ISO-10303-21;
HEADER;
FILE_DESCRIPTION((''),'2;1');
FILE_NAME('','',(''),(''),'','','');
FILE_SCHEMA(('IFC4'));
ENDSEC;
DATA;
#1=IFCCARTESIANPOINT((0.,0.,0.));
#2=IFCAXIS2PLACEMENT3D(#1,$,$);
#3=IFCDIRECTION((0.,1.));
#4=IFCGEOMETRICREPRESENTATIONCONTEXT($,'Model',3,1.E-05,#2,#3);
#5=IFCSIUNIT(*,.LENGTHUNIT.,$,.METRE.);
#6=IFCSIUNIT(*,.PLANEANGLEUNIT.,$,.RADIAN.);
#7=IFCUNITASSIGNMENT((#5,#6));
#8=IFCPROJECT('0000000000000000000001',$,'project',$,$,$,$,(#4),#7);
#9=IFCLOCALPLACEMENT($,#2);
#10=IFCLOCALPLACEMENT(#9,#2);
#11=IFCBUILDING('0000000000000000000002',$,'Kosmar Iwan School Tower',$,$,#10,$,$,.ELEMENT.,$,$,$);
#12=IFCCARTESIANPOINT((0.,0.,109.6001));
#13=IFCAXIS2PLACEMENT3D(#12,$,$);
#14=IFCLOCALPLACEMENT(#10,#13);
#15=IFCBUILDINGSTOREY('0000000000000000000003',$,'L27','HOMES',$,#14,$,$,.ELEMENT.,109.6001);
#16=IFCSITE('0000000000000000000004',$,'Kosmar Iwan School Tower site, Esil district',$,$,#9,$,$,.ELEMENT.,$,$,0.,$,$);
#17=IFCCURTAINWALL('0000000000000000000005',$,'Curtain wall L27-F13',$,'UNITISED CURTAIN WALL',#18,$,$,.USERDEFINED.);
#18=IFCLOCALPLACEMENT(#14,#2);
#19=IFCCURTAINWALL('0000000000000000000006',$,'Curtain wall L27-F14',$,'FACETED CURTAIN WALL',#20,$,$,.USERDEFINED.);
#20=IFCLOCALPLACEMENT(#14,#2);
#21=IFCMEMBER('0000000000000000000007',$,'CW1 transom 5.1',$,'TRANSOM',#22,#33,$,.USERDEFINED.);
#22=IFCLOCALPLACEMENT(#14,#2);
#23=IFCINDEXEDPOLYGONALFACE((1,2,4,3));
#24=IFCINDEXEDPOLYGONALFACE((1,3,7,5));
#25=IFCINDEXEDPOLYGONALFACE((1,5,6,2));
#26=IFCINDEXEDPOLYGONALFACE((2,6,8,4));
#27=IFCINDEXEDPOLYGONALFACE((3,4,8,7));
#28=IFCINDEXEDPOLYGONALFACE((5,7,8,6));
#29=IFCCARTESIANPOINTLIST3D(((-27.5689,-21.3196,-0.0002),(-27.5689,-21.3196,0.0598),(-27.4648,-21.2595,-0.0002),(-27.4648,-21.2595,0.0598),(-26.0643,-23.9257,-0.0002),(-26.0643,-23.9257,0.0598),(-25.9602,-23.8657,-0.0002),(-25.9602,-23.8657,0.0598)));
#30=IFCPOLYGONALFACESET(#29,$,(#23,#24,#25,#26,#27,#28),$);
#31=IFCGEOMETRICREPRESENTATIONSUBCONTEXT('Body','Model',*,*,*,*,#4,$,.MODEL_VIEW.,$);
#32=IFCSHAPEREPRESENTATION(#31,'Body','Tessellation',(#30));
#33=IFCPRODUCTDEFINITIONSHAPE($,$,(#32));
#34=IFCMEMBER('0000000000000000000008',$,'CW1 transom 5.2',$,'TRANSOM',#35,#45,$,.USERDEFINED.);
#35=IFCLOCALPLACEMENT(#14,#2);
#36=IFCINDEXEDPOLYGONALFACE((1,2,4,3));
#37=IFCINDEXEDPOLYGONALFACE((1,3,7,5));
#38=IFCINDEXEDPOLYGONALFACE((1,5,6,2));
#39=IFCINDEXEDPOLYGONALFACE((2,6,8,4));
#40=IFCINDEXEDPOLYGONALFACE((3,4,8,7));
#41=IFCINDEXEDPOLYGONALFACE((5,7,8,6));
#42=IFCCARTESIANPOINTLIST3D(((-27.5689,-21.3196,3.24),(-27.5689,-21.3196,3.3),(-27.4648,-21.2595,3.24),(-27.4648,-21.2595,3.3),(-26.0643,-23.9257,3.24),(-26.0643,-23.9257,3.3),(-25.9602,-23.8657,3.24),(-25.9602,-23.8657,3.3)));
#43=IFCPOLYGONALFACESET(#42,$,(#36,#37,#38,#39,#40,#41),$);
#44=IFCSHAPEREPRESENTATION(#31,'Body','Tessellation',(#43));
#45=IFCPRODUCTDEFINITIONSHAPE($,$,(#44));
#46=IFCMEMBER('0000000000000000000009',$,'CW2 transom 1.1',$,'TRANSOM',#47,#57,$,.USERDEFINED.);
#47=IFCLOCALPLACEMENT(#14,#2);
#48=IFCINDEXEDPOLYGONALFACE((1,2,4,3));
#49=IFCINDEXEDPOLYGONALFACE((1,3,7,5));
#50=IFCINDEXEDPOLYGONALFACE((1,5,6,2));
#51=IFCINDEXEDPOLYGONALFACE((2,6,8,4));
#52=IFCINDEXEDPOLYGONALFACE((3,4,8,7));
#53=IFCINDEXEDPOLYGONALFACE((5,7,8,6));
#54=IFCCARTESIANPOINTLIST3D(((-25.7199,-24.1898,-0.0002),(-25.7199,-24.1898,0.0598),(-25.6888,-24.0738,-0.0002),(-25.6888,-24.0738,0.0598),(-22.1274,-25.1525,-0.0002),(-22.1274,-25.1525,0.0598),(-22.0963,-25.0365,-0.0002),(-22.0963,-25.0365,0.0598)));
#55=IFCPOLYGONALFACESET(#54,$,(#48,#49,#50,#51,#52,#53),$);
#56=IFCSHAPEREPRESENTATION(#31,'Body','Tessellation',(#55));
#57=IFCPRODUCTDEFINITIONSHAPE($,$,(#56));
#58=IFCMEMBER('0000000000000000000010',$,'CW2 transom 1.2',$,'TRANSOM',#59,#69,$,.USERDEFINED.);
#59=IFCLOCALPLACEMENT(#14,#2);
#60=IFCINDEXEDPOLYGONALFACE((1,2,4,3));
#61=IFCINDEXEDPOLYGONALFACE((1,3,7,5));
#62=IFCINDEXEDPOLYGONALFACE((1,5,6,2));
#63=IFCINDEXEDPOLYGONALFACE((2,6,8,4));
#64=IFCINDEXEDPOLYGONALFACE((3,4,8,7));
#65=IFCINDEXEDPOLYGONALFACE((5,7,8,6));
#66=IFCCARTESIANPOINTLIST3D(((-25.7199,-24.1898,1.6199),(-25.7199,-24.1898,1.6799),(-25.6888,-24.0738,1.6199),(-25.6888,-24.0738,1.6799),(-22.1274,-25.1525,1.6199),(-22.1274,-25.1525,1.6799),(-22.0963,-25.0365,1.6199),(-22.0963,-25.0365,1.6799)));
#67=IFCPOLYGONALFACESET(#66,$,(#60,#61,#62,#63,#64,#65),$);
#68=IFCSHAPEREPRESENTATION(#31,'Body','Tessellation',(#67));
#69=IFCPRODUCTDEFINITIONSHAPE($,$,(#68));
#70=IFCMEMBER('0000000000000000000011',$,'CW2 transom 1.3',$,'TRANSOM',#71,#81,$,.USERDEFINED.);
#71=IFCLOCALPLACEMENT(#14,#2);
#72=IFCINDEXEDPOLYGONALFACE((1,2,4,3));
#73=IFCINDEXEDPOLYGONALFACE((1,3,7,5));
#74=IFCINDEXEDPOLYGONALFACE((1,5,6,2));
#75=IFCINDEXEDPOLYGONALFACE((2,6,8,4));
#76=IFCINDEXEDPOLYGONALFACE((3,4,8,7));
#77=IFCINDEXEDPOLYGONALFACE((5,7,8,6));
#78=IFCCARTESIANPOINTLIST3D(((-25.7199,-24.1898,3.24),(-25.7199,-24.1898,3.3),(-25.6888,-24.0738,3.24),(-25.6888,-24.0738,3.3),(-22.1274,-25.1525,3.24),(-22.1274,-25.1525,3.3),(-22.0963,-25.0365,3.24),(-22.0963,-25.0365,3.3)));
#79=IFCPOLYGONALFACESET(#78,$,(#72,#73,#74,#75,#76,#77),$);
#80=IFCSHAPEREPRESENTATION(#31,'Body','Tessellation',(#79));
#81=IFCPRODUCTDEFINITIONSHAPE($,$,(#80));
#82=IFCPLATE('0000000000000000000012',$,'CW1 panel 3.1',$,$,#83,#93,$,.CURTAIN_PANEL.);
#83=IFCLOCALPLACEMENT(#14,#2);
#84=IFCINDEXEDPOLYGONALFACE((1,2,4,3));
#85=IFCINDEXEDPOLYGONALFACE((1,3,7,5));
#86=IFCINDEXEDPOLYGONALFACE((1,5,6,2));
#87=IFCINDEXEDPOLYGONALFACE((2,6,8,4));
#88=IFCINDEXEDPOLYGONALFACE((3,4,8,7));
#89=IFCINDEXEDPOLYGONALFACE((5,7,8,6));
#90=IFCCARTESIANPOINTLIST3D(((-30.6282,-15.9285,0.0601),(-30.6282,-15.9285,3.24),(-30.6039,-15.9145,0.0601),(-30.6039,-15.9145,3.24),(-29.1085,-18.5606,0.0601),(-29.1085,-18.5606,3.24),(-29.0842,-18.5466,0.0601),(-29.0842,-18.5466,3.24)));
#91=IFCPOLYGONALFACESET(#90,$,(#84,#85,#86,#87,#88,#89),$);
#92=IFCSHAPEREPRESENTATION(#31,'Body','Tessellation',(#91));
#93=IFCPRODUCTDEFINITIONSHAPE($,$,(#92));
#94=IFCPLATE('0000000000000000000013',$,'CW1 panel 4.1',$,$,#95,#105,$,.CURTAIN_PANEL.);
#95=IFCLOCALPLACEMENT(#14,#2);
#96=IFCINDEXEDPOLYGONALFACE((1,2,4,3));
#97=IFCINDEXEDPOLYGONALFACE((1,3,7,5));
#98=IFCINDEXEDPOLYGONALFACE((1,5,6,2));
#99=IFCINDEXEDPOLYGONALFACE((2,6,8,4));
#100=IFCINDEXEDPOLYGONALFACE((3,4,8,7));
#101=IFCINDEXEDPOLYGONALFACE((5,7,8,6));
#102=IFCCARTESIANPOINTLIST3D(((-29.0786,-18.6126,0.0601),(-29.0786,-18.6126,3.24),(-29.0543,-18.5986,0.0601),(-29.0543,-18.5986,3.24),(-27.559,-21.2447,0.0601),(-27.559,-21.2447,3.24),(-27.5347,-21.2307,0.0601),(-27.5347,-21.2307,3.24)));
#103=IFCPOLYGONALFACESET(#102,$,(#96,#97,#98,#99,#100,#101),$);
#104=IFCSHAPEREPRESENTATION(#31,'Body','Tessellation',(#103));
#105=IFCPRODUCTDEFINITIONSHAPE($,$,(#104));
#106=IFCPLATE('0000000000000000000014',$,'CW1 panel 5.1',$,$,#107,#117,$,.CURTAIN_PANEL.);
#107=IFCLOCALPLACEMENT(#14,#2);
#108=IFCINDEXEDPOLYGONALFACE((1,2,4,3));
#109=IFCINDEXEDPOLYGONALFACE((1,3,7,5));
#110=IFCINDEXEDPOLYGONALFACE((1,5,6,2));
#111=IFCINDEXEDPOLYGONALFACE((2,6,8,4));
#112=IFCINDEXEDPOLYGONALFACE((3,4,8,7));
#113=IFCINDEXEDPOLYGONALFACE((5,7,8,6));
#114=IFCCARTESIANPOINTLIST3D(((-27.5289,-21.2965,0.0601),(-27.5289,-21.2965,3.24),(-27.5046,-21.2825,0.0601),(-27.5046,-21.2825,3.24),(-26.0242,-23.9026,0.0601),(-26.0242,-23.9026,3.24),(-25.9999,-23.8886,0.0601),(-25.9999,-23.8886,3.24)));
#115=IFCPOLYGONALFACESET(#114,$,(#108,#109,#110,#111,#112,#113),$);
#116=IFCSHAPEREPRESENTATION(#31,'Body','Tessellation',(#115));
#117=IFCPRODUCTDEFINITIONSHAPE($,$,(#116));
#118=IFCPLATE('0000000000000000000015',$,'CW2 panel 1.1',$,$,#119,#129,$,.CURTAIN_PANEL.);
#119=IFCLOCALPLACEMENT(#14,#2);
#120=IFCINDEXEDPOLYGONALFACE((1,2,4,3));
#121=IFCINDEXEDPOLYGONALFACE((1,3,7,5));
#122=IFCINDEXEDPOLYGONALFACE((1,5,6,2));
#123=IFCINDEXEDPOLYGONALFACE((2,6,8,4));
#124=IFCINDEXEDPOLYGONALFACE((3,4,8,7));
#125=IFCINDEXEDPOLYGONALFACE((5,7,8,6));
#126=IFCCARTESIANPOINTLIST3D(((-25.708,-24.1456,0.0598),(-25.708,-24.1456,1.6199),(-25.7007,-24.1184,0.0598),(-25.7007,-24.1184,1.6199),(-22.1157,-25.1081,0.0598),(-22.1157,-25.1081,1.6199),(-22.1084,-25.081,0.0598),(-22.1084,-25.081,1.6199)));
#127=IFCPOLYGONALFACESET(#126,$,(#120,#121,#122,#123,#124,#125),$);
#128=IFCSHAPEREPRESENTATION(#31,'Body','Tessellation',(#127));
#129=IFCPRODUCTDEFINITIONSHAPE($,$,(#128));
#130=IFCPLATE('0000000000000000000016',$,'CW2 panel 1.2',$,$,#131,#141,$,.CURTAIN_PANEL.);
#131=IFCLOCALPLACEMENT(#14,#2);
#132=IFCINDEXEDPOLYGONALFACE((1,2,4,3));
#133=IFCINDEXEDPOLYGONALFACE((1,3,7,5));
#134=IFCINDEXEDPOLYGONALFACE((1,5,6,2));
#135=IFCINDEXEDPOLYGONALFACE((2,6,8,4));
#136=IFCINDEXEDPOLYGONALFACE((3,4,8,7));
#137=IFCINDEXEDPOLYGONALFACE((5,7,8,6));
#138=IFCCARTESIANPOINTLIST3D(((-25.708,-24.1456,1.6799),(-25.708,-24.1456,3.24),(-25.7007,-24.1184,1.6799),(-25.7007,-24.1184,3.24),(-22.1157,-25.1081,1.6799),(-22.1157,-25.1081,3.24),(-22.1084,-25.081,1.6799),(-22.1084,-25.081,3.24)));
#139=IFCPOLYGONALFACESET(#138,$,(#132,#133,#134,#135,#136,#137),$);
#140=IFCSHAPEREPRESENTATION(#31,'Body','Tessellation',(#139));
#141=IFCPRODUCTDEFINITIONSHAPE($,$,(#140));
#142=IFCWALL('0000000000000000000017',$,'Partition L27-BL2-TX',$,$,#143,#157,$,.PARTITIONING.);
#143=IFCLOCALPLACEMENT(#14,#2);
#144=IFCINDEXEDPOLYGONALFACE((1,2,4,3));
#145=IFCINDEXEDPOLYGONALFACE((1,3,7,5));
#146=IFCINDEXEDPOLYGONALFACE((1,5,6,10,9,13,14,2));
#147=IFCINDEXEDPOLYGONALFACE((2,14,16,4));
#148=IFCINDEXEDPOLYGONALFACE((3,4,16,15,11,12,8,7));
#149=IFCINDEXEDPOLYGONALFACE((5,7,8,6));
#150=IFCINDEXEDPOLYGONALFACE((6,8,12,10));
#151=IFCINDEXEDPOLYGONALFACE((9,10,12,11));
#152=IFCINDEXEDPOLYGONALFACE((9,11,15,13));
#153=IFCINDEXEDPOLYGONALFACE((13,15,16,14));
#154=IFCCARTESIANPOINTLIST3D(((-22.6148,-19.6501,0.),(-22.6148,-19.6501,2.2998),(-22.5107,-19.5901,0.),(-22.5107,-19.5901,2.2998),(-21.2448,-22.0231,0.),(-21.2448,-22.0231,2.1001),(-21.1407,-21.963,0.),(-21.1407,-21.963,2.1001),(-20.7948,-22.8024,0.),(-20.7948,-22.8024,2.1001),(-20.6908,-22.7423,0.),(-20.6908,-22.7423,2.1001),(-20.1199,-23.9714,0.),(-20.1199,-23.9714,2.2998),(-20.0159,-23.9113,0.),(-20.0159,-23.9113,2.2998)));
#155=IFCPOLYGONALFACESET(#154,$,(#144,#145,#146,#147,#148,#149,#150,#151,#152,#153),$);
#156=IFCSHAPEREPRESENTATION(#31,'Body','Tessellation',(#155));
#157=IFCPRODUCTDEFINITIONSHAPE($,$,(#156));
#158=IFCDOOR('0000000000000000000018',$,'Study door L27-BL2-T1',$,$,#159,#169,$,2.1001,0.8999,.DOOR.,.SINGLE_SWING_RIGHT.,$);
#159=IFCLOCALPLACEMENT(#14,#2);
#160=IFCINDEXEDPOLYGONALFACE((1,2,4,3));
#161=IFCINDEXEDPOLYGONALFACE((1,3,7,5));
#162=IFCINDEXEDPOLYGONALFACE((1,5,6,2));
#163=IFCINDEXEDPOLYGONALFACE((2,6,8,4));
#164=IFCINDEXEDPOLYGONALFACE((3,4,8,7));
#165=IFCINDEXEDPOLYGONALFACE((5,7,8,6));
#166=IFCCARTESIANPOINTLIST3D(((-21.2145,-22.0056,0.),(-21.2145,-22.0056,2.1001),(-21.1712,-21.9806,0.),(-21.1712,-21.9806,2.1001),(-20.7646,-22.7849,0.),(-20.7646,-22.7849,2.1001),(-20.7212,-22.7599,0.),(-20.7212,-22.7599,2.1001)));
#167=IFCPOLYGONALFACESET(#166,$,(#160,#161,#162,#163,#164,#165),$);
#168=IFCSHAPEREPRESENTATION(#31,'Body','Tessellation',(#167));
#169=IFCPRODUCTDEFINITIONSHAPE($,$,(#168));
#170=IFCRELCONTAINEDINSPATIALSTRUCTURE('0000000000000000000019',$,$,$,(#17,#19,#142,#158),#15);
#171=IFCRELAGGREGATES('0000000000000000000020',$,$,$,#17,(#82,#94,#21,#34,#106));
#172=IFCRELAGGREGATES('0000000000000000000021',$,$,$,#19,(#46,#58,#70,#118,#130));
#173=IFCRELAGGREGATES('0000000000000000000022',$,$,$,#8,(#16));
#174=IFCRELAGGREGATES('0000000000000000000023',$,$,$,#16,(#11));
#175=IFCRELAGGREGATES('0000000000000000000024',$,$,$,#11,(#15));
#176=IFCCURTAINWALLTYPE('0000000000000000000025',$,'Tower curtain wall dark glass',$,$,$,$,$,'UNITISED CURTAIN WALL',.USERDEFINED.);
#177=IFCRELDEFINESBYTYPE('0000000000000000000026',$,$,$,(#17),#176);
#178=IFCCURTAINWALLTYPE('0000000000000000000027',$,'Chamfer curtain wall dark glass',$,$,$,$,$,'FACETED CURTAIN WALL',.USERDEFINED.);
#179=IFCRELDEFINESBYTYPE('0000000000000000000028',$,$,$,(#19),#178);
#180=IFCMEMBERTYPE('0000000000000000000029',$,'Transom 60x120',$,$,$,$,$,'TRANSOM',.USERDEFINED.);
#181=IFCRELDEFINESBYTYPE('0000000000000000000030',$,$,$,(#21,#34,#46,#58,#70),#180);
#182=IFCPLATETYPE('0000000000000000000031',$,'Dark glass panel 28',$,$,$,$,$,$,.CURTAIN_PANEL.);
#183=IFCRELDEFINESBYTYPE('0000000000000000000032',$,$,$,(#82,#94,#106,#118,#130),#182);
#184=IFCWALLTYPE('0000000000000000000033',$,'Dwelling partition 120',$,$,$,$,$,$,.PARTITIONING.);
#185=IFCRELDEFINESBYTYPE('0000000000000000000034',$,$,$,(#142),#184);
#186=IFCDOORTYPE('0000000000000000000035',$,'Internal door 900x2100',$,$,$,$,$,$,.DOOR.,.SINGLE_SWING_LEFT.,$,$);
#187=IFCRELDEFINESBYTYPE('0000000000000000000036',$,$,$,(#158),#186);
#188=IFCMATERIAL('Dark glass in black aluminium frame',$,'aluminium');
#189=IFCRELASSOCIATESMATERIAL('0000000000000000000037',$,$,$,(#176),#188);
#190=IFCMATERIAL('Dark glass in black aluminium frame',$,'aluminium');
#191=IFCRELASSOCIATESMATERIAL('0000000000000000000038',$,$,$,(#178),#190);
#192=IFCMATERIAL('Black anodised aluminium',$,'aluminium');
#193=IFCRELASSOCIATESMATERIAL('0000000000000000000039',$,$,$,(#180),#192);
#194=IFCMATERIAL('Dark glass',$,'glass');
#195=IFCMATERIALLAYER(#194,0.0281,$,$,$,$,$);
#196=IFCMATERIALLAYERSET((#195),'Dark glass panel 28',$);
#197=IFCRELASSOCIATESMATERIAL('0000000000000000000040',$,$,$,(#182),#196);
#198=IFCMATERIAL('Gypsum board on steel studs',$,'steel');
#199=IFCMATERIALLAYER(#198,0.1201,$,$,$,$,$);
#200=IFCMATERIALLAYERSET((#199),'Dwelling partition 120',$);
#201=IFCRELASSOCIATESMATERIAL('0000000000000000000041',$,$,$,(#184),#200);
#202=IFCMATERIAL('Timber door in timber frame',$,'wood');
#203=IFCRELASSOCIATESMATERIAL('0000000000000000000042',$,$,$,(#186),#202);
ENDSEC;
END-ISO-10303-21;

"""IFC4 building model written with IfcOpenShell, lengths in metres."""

from ifc_helpers import new_model, si_unit, direction, frame, frame_2d, origin, origin_2d, place, context, subcontext, project, spatial, rectangle, extrude, material, layer, layer_set, material_profile, profile_set, type_object, element, fill, aggregate, save


model = new_model("IFC4")

# Units and contexts
model_context = context("Model", 3, precision=1e-05, world=origin(), true_north=direction((0.0, 1.0)))
body_context = subcontext(model_context, "Body", "Model", "MODEL_VIEW")
ifc_project = project(units=[si_unit("LENGTHUNIT", "METRE"), si_unit("PLANEANGLEUNIT", "RADIAN")], contexts=[model_context])

# Site, building, storey
site_placement = place(None, origin())
site = spatial("IfcSite", under=ifc_project, at=site_placement, Name="Kosmar Iwan School Tower site, Esil district", CompositionType="ELEMENT", RefElevation=0.0)
building_placement = place(site_placement, origin())
building = spatial("IfcBuilding", under=site, at=building_placement, Name="Kosmar Iwan School Tower", CompositionType="ELEMENT")
storey_placement = place(building_placement, frame((0.0, 0.0, 109.6001)))
storey = spatial("IfcBuildingStorey", under=building, at=storey_placement, Name="L27", Description="HOMES", CompositionType="ELEMENT", Elevation=109.6001)

# Curtain wall
ifc_material_1 = material(Name="Dark glass in black aluminium frame", Category="aluminium")
curtain_wall_type_1 = type_object("IfcCurtainWallType", Name="Tower curtain wall dark glass", ElementType="UNITISED CURTAIN WALL", PredefinedType="USERDEFINED", material=ifc_material_1)
curtain_wall_1_placement = place(storey_placement, origin())
curtain_wall_1 = element("IfcCurtainWall", 1, at=curtain_wall_1_placement, inside=storey, type_object=curtain_wall_type_1, Name="Curtain wall L27-F13", ObjectType="UNITISED CURTAIN WALL", PredefinedType="USERDEFINED")

# Curtain wall
ifc_material_2 = material(Name="Dark glass in black aluminium frame", Category="aluminium")
curtain_wall_type_2 = type_object("IfcCurtainWallType", Name="Chamfer curtain wall dark glass", ElementType="FACETED CURTAIN WALL", PredefinedType="USERDEFINED", material=ifc_material_2)
curtain_wall_2_placement = place(storey_placement, origin())
curtain_wall_2 = element("IfcCurtainWall", 2, at=curtain_wall_2_placement, inside=storey, type_object=curtain_wall_type_2, Name="Curtain wall L27-F14", ObjectType="FACETED CURTAIN WALL", PredefinedType="USERDEFINED")

# Members
ifc_material_3 = material(Name="Black anodised aluminium", Category="aluminium")
ifc_material_profile_1 = material_profile(ifc_material_3, rectangle(XDim=0.1201, YDim=0.0601, at=origin_2d()), Name="TRANSOM 60x120")
ifc_profile_set_1 = profile_set([ifc_material_profile_1], Name="Black anodised aluminium")
member_type_1 = type_object("IfcMemberType", Name="Transom 60x120", ElementType="TRANSOM", PredefinedType="USERDEFINED", material=ifc_profile_set_1)
member_1_placement = place(storey_placement, frame((-27.5168, -21.2896, 0.0298), z_axis=(0.499987, -0.866033, 0.0), x_axis=(0.866033, 0.499987, 0.0)))
member_1 = element("IfcMember", 3, at=member_1_placement, type_object=member_type_1, Name="CW1 transom 5.1", ObjectType="TRANSOM", PredefinedType="USERDEFINED", context=body_context, shape_type="SweptSolid", body=[
    extrude(rectangle(XDim=0.1201, YDim=0.0601, at=origin_2d()), origin(), (0.0, 0.0, 1.0), 3.0093),
])
member_2_placement = place(storey_placement, frame((-27.5168, -21.2896, 3.27), z_axis=(0.499987, -0.866033, 0.0), x_axis=(0.866033, 0.499987, 0.0)))
member_2 = element("IfcMember", 4, at=member_2_placement, type_object=member_type_1, Name="CW1 transom 5.2", ObjectType="TRANSOM", PredefinedType="USERDEFINED", context=body_context, shape_type="SweptSolid", body=[
    extrude(rectangle(XDim=0.1201, YDim=0.0601, at=origin_2d()), origin(), (0.0, 0.0, 1.0), 3.0093),
])
member_3_placement = place(storey_placement, frame((-25.7043, -24.1318, 0.0298), z_axis=(0.965924, -0.258827, 0.0), x_axis=(0.258827, 0.965924, 0.0)))
member_3 = element("IfcMember", 5, at=member_3_placement, type_object=member_type_1, Name="CW2 transom 1.1", ObjectType="TRANSOM", PredefinedType="USERDEFINED", context=body_context, shape_type="SweptSolid", body=[
    extrude(rectangle(XDim=0.1201, YDim=0.0601, at=origin_2d()), origin(), (0.0, 0.0, 1.0), 3.7192),
])
member_4_placement = place(storey_placement, frame((-25.7043, -24.1318, 1.6499), z_axis=(0.965924, -0.258827, 0.0), x_axis=(0.258827, 0.965924, 0.0)))
member_4 = element("IfcMember", 6, at=member_4_placement, type_object=member_type_1, Name="CW2 transom 1.2", ObjectType="TRANSOM", PredefinedType="USERDEFINED", context=body_context, shape_type="SweptSolid", body=[
    extrude(rectangle(XDim=0.1201, YDim=0.0601, at=origin_2d()), origin(), (0.0, 0.0, 1.0), 3.7192),
])
member_5_placement = place(storey_placement, frame((-25.7043, -24.1318, 3.27), z_axis=(0.965924, -0.258827, 0.0), x_axis=(0.258827, 0.965924, 0.0)))
member_5 = element("IfcMember", 7, at=member_5_placement, type_object=member_type_1, Name="CW2 transom 1.3", ObjectType="TRANSOM", PredefinedType="USERDEFINED", context=body_context, shape_type="SweptSolid", body=[
    extrude(rectangle(XDim=0.1201, YDim=0.0601, at=origin_2d()), origin(), (0.0, 0.0, 1.0), 3.7192),
])

# Plates
ifc_material_4 = material(Name="Dark glass", Category="glass")
ifc_layer_1 = layer(ifc_material_4, 0.0281)
ifc_layer_set_1 = layer_set([ifc_layer_1], Name="Dark glass panel 28")
plate_type = type_object("IfcPlateType", Name="Dark glass panel 28", PredefinedType="CURTAIN_PANEL", material=ifc_layer_set_1)
plate_1_placement = place(storey_placement, frame((-29.8562, -17.2375, 0.0601), z_axis=(0.0, 0.0, 1.0), x_axis=(0.5, -0.866025, 0.0)))
plate_1 = element("IfcPlate", 8, at=plate_1_placement, type_object=plate_type, Name="CW1 panel 3.1", PredefinedType="CURTAIN_PANEL", context=body_context, shape_type="SweptSolid", body=[
    extrude(rectangle(XDim=3.0393, YDim=0.0281, at=origin_2d()), origin(), (0.0, 0.0, 1.0), 3.1799),
])
plate_2_placement = place(storey_placement, frame((-28.3066, -19.9216, 0.0601), z_axis=(0.0, 0.0, 1.0), x_axis=(0.5, -0.866025, 0.0)))
plate_2 = element("IfcPlate", 9, at=plate_2_placement, type_object=plate_type, Name="CW1 panel 4.1", PredefinedType="CURTAIN_PANEL", context=body_context, shape_type="SweptSolid", body=[
    extrude(rectangle(XDim=3.0393, YDim=0.0281, at=origin_2d()), origin(), (0.0, 0.0, 1.0), 3.1799),
])
plate_3_placement = place(storey_placement, frame((-26.7644, -22.5925, 0.0601), z_axis=(0.0, 0.0, 1.0), x_axis=(0.5, -0.866025, 0.0)))
plate_3 = element("IfcPlate", 10, at=plate_3_placement, type_object=plate_type, Name="CW1 panel 5.1", PredefinedType="CURTAIN_PANEL", context=body_context, shape_type="SweptSolid", body=[
    extrude(rectangle(XDim=3.0093, YDim=0.0281, at=origin_2d()), origin(), (0.0, 0.0, 1.0), 3.1799),
])
aggregate(curtain_wall_1, [plate_1, plate_2, member_1, member_2, plate_3])
plate_4_placement = place(storey_placement, frame((-23.9082, -24.6133, 0.0598), z_axis=(0.0, 0.0, 1.0), x_axis=(0.965926, -0.258819, 0.0)))
plate_4 = element("IfcPlate", 11, at=plate_4_placement, type_object=plate_type, Name="CW2 panel 1.1", PredefinedType="CURTAIN_PANEL", context=body_context, shape_type="SweptSolid", body=[
    extrude(rectangle(XDim=3.719, YDim=0.0281, at=origin_2d()), origin(), (0.0, 0.0, 1.0), 1.5601),
])
plate_5_placement = place(storey_placement, frame((-23.9082, -24.6133, 1.6799), z_axis=(0.0, 0.0, 1.0), x_axis=(0.965926, -0.258819, 0.0)))
plate_5 = element("IfcPlate", 12, at=plate_5_placement, type_object=plate_type, Name="CW2 panel 1.2", PredefinedType="CURTAIN_PANEL", context=body_context, shape_type="SweptSolid", body=[
    extrude(rectangle(XDim=3.719, YDim=0.0281, at=origin_2d()), origin(), (0.0, 0.0, 1.0), 1.5601),
])
aggregate(curtain_wall_2, [member_3, member_4, member_5, plate_4, plate_5])

# Wall, opening, door
ifc_material_5 = material(Name="Gypsum board on steel studs", Category="steel")
ifc_layer_2 = layer(ifc_material_5, 0.1201)
ifc_layer_set_2 = layer_set([ifc_layer_2], Name="Dwelling partition 120")
wall_type_1 = type_object("IfcWallType", Name="Dwelling partition 120", PredefinedType="PARTITIONING", material=ifc_layer_set_2)
wall_1_placement = place(storey_placement, frame((-22.5627, -19.6201, 0.0), z_axis=(0.0, 0.0, 1.0), x_axis=(0.499996, -0.866028, 0.0)))
wall_1 = element("IfcWall", 13, at=wall_1_placement, inside=storey, type_object=wall_type_1, Name="Partition L27-BL2-TX", PredefinedType="PARTITIONING", context=body_context, shape_type="SweptSolid", body=[
    extrude(rectangle(XDim=4.9897, YDim=0.1201, at=frame_2d((2.4949, 0.0))), origin(), (0.0, 0.0, 1.0), 2.2998),
])
opening_1_placement = place(wall_1_placement, frame((2.74, 0.0, 0.0)))
opening_1 = element("IfcOpeningElement", 14, at=opening_1_placement, cuts=wall_1, PredefinedType="OPENING", context=body_context, shape_type="SweptSolid", body=[
    extrude(rectangle(XDim=0.8999, YDim=2.1001, at=frame_2d((0.45, 1.05))), frame((0.0, 0.072, 0.0), z_axis=(0.0, -1.0, 0.0), x_axis=(1.0, 0.0, 0.0)), (0.0, 0.0, 1.0), 0.144),
])
ifc_material_6 = material(Name="Timber door in timber frame", Category="wood")
door_type_1 = type_object("IfcDoorType", Name="Internal door 900x2100", OperationType="SINGLE_SWING_LEFT", PredefinedType="DOOR", material=ifc_material_6)
door_1_placement = place(opening_1_placement, origin())
door_1 = element("IfcDoor", 15, at=door_1_placement, inside=storey, type_object=door_type_1, Name="Study door L27-BL2-T1", OperationType="SINGLE_SWING_RIGHT", OverallHeight=2.1001, OverallWidth=0.8999, PredefinedType="DOOR", context=body_context, shape_type="SweptSolid", body=[
    extrude(rectangle(XDim=0.8999, YDim=2.1001, at=frame_2d((0.45, 1.05))), frame((0.0, 0.0249, 0.0), z_axis=(0.0, -1.0, 0.0), x_axis=(1.0, 0.0, 0.0)), (0.0, 0.0, 1.0), 0.05),
])
fill(opening_1, door_1)

save(model, "model.ifc")
